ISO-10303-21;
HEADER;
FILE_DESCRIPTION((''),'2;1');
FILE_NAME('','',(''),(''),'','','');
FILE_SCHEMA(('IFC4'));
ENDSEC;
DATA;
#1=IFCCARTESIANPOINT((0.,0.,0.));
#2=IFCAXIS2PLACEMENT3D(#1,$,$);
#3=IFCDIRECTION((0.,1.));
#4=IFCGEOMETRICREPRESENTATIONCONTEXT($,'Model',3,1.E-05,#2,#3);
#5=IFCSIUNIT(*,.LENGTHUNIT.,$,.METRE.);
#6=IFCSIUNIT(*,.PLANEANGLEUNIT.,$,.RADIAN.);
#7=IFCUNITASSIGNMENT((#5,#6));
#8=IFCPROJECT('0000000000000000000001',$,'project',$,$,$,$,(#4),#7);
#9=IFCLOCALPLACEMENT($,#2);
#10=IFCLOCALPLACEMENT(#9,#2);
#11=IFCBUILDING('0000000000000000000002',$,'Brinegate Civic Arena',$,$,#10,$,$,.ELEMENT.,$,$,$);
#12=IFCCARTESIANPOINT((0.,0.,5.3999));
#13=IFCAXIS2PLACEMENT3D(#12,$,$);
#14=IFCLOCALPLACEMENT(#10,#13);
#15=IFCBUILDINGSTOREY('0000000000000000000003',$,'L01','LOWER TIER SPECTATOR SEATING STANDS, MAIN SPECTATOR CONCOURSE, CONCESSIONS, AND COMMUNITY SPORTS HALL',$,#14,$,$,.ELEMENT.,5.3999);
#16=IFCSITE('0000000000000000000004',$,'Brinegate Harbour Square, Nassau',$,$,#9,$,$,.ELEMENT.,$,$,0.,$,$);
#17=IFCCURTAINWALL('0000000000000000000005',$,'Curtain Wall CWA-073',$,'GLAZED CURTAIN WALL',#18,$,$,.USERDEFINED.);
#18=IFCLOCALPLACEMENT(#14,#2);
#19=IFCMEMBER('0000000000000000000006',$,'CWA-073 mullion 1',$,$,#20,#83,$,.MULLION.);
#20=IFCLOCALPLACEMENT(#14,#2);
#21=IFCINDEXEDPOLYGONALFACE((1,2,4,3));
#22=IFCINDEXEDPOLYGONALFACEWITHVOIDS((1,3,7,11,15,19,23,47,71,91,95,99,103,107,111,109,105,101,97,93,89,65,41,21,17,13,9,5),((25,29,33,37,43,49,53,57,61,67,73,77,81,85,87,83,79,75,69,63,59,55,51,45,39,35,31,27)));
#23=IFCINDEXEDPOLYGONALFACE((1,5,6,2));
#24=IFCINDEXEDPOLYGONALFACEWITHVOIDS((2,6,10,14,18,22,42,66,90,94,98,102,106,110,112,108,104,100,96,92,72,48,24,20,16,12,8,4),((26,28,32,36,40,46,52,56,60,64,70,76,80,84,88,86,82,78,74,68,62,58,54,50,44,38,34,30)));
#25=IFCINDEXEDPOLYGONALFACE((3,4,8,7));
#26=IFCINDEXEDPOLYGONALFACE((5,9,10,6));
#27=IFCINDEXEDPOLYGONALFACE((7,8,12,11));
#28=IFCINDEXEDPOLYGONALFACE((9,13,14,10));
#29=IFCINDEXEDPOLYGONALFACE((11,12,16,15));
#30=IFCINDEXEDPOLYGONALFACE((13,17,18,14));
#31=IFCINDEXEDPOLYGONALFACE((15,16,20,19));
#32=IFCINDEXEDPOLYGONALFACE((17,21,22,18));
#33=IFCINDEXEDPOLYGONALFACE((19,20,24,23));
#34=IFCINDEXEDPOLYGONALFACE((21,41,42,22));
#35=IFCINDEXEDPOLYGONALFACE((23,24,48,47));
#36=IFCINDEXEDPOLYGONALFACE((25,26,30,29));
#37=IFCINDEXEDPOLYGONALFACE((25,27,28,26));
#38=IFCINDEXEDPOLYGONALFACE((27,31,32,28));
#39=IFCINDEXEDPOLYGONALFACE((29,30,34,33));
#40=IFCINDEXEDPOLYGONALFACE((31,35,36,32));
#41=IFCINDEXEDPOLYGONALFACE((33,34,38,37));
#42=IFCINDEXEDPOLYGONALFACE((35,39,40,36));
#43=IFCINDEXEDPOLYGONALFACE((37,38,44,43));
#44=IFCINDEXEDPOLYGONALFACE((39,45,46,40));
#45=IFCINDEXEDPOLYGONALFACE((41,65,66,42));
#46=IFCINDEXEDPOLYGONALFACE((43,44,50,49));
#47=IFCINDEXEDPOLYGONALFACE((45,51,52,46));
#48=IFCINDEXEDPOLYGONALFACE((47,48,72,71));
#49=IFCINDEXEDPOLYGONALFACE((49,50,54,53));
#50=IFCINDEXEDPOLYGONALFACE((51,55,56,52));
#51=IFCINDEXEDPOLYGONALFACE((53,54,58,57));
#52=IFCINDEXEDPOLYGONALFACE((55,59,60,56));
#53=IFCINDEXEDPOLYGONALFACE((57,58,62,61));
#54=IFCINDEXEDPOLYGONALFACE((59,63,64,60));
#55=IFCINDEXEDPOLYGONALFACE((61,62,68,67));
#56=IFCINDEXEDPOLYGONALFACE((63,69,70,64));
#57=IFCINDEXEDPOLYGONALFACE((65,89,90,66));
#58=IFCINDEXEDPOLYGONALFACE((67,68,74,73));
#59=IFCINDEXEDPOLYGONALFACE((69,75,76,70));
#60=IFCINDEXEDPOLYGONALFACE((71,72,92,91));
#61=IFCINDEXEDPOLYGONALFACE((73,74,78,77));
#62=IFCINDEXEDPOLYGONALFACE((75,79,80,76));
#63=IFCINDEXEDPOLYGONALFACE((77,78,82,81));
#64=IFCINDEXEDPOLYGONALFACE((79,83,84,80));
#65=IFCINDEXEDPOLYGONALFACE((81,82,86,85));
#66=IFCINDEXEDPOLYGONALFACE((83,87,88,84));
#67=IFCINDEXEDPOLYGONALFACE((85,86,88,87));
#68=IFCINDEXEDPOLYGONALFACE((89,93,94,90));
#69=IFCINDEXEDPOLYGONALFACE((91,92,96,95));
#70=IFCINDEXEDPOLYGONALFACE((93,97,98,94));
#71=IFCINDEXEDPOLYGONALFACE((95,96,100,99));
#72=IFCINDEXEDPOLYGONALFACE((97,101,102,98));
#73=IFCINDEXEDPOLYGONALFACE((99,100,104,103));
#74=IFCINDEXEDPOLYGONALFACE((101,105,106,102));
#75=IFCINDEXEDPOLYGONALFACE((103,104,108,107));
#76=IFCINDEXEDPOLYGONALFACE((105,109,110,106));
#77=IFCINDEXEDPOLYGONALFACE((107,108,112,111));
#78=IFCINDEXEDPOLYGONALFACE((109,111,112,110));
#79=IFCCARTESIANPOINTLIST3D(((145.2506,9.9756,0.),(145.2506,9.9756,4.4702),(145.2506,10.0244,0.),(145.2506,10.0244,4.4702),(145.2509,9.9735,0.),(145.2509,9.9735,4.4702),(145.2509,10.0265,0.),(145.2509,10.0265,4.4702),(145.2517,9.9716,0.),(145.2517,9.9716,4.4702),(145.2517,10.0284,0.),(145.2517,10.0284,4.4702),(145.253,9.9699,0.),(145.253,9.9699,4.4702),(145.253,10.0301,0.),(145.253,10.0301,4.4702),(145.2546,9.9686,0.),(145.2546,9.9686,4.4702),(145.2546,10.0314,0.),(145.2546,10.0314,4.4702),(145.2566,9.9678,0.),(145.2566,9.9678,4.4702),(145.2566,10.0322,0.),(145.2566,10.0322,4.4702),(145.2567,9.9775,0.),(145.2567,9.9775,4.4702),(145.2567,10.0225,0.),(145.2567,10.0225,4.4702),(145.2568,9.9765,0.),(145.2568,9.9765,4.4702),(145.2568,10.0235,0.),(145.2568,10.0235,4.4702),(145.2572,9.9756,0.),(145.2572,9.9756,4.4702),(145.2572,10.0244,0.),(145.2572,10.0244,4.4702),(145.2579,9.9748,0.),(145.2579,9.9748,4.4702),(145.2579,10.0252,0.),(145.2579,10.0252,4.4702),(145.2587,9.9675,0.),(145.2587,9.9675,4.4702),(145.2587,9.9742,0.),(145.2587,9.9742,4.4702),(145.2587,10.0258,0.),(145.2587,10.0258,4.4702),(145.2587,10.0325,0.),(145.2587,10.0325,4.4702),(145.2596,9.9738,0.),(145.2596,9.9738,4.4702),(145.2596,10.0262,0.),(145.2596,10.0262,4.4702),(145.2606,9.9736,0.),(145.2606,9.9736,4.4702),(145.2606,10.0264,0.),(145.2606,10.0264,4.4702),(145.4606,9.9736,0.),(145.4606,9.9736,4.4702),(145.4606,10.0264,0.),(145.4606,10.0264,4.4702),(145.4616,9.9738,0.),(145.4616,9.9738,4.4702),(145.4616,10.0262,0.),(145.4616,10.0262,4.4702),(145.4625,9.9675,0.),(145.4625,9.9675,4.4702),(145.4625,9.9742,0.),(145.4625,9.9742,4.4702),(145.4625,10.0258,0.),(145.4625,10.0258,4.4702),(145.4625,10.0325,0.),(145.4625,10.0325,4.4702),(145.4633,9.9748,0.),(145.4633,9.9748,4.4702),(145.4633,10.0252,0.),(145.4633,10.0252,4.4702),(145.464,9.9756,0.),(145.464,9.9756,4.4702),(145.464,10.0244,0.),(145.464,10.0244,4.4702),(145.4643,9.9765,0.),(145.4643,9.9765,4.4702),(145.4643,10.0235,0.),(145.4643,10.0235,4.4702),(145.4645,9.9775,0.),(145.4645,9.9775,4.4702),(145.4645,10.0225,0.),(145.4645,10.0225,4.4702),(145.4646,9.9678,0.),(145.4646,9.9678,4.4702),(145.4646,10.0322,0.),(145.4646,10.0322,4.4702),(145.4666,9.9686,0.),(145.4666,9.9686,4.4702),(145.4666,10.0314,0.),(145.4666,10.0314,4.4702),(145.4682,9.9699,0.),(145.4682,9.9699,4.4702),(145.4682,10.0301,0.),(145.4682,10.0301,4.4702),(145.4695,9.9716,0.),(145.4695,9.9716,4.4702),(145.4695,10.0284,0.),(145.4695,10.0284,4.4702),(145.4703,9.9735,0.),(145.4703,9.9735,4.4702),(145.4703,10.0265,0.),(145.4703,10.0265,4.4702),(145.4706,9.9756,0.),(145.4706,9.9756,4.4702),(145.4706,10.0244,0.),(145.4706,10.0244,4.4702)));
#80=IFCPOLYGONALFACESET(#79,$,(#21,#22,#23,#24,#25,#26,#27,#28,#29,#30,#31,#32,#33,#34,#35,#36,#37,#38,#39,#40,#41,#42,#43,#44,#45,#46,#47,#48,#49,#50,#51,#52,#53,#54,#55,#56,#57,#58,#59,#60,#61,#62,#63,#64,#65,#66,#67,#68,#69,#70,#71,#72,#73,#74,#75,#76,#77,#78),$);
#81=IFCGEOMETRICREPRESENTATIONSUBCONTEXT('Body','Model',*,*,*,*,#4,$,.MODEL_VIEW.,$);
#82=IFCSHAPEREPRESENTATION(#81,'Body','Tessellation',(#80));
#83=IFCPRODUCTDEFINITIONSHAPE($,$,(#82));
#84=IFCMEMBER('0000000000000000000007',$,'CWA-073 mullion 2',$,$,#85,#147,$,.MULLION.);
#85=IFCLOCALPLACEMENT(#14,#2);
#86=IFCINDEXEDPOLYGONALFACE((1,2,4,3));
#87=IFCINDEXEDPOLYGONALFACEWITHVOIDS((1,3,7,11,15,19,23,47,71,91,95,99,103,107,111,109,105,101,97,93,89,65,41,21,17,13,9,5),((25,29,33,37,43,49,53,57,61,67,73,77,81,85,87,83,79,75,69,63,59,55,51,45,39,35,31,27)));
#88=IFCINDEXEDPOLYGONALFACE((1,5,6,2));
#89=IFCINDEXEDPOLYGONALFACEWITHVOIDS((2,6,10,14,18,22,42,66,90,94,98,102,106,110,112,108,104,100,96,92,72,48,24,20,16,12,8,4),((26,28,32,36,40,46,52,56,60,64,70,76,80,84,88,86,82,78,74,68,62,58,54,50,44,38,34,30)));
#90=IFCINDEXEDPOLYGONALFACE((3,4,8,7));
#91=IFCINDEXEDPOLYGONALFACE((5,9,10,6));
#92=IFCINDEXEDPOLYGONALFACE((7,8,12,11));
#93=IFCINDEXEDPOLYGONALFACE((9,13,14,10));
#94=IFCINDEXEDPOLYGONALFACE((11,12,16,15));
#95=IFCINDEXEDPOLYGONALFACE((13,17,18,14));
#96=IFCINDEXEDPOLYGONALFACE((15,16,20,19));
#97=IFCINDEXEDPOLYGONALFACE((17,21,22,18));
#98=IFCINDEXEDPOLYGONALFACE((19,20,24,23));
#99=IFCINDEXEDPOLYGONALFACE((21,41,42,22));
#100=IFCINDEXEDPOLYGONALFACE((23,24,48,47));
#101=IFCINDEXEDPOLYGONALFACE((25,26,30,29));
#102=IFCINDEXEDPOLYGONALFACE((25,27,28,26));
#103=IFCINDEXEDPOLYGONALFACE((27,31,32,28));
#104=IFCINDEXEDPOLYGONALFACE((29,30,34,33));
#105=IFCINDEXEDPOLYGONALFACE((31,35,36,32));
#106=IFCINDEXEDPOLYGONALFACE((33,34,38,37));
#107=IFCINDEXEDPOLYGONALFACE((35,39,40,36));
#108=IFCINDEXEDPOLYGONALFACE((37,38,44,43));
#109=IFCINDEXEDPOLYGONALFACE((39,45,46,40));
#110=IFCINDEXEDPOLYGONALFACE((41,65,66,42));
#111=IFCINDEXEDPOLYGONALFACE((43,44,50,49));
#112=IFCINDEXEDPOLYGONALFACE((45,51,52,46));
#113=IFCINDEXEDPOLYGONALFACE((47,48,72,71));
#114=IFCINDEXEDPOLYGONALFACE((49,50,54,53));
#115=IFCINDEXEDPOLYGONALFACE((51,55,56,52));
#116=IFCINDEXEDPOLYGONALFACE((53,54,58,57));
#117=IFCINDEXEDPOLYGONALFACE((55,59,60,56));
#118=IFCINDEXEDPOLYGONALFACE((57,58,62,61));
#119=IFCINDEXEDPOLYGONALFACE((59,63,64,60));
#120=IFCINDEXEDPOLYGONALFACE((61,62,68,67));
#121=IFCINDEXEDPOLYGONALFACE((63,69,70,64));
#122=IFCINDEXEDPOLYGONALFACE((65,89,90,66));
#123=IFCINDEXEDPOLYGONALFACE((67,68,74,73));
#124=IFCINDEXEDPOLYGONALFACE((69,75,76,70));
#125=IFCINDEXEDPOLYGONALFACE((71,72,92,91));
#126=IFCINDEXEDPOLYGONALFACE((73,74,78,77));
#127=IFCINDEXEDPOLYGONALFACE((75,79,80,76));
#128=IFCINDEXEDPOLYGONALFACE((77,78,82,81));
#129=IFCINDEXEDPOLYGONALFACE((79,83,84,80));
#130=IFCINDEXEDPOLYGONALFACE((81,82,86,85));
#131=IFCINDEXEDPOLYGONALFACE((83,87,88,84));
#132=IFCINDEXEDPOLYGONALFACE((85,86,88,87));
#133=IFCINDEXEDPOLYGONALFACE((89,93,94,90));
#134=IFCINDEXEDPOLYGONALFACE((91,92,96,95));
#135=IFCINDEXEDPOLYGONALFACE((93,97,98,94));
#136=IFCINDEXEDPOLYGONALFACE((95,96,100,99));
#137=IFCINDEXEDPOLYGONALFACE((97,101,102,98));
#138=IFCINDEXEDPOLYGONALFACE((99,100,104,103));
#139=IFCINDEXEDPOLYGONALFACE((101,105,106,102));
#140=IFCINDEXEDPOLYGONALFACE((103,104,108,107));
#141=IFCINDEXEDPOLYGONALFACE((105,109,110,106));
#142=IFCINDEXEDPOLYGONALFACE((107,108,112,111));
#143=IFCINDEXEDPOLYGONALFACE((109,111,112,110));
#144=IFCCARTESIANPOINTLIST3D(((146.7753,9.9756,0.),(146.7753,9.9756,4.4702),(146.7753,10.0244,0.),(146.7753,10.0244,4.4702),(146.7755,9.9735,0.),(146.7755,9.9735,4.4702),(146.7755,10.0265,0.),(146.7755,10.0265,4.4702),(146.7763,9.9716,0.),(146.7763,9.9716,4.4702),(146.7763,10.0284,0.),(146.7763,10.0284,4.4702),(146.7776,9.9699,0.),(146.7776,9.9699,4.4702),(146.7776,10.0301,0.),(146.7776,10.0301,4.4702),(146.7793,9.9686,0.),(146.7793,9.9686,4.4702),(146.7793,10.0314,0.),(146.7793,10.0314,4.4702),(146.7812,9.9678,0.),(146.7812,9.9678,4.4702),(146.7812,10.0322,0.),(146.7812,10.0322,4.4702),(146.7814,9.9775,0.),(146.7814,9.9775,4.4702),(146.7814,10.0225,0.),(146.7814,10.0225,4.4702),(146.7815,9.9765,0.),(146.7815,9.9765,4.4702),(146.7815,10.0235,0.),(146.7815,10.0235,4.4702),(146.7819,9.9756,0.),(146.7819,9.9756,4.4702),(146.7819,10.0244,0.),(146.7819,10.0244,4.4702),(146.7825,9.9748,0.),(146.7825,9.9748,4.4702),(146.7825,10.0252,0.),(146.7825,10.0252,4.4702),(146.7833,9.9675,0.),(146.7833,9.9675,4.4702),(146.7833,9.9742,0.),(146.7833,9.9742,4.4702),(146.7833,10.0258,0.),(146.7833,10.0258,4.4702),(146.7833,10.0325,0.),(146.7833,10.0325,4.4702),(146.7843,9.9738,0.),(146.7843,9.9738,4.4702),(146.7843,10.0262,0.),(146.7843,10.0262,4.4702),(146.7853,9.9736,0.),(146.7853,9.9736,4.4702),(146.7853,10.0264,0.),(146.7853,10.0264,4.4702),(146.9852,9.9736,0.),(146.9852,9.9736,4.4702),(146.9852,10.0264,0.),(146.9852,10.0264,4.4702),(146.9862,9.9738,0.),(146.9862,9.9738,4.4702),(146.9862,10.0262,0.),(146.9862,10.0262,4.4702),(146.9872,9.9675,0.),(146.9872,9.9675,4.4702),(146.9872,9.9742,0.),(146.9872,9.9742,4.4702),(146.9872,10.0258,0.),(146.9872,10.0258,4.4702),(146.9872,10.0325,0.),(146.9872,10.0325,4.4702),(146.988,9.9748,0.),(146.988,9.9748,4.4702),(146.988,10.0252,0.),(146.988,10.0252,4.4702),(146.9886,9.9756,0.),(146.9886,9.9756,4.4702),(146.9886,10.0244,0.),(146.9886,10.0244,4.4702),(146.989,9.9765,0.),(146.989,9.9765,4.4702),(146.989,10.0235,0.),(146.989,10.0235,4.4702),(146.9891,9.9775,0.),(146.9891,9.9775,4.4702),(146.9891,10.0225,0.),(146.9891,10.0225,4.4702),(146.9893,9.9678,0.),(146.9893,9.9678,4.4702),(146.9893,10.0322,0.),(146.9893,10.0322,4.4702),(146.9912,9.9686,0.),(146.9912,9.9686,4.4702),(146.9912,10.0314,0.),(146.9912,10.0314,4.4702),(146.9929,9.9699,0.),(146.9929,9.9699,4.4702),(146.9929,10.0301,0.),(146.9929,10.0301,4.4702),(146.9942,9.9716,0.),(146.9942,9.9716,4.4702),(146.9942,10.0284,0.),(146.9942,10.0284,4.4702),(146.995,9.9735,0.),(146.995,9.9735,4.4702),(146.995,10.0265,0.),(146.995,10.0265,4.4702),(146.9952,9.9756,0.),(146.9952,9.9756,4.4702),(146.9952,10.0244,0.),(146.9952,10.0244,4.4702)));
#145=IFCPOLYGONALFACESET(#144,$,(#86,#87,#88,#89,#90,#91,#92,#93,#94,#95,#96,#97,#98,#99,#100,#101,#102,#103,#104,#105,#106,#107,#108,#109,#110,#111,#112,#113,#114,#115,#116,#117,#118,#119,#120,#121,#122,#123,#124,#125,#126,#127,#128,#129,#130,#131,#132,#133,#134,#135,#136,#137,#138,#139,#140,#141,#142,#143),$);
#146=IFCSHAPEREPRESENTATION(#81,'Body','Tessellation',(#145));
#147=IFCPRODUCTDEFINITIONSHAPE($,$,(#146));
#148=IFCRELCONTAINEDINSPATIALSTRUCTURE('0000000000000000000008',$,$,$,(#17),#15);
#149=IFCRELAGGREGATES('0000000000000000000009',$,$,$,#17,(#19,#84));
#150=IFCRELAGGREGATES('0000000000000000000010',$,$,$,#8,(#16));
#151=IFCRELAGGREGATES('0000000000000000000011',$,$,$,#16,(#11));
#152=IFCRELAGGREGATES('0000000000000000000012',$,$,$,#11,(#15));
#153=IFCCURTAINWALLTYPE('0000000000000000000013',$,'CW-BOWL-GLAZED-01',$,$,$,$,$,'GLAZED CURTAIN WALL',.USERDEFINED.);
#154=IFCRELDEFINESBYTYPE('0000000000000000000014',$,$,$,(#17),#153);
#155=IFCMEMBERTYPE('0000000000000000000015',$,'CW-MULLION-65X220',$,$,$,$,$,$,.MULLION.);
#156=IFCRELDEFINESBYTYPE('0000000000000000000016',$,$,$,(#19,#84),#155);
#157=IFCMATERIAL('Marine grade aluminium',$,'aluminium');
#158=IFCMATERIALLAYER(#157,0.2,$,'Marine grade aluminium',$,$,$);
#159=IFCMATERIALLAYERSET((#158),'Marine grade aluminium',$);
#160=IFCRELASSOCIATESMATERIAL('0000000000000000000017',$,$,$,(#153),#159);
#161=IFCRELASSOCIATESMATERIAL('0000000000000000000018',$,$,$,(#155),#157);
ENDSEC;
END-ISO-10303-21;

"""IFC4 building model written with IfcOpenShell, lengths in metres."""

from ifc_helpers import new_model, si_unit, direction, frame, origin, origin_2d, place, context, subcontext, project, spatial, hollow_rectangle, extrude, material, layer, layer_set, material_profile, profile_set, type_object, element, aggregate, save


model = new_model("IFC4")

# Units and contexts
model_context = context("Model", 3, precision=1e-05, world=origin(), true_north=direction((0.0, 1.0)))
body_context = subcontext(model_context, "Body", "Model", "MODEL_VIEW")
ifc_project = project(units=[si_unit("LENGTHUNIT", "METRE"), si_unit("PLANEANGLEUNIT", "RADIAN")], contexts=[model_context])

# Site, building, storey
site_placement = place(None, origin())
site = spatial("IfcSite", under=ifc_project, at=site_placement, Name="Brinegate Harbour Square, Nassau", CompositionType="ELEMENT", RefElevation=0.0)
building_placement = place(site_placement, origin())
building = spatial("IfcBuilding", under=site, at=building_placement, Name="Brinegate Civic Arena", CompositionType="ELEMENT")
storey_placement = place(building_placement, frame((0.0, 0.0, 5.3999)))
storey = spatial("IfcBuildingStorey", under=building, at=storey_placement, Name="L01", Description="LOWER TIER SPECTATOR SEATING STANDS, MAIN SPECTATOR CONCOURSE, CONCESSIONS, AND COMMUNITY SPORTS HALL", CompositionType="ELEMENT", Elevation=5.3999)

# Curtain wall, members
ifc_material_1 = material(Name="Marine grade aluminium", Category="aluminium")
ifc_layer_1 = layer(ifc_material_1, 0.2, Name="Marine grade aluminium")
ifc_layer_set_1 = layer_set([ifc_layer_1], Name="Marine grade aluminium")
curtain_wall_type = type_object("IfcCurtainWallType", Name="CW-BOWL-GLAZED-01", ElementType="GLAZED CURTAIN WALL", PredefinedType="USERDEFINED", material=ifc_layer_set_1)
curtain_wall_placement = place(storey_placement, origin())
curtain_wall = element("IfcCurtainWall", 1, at=curtain_wall_placement, inside=storey, type_object=curtain_wall_type, Name="Curtain Wall CWA-073", ObjectType="GLAZED CURTAIN WALL", PredefinedType="USERDEFINED")
ifc_material_profile_1 = material_profile(ifc_material_1, hollow_rectangle(XDim=0.0649, YDim=0.22, WallThickness=0.0061, InnerFilletRadius=0.0039, OuterFilletRadius=0.0081, at=origin_2d()), Name="MUL65X220")
ifc_profile_set_1 = profile_set([ifc_material_profile_1], Name="Marine grade aluminium")
member_type_1 = type_object("IfcMemberType", Name="CW-MULLION-65X220", PredefinedType="MULLION", material=ifc_profile_set_1)
member_1_placement = place(storey_placement, frame((145.3606, 10.0, 0.0), z_axis=(0.0, 0.0, 1.0), x_axis=(0.0, 1.0, 0.0)))
member_1 = element("IfcMember", 2, at=member_1_placement, type_object=member_type_1, Name="CWA-073 mullion 1", PredefinedType="MULLION", context=body_context, shape_type="SweptSolid", body=[
    extrude(hollow_rectangle(XDim=0.0649, YDim=0.22, WallThickness=0.0061, InnerFilletRadius=0.0039, OuterFilletRadius=0.0081, at=origin_2d()), origin(), (0.0, 0.0, 1.0), 4.4702),
])
member_2_placement = place(storey_placement, frame((146.8853, 10.0, 0.0), z_axis=(0.0, 0.0, 1.0), x_axis=(0.0, 1.0, 0.0)))
member_2 = element("IfcMember", 3, at=member_2_placement, type_object=member_type_1, Name="CWA-073 mullion 2", PredefinedType="MULLION", context=body_context, shape_type="SweptSolid", body=[
    extrude(hollow_rectangle(XDim=0.0649, YDim=0.22, WallThickness=0.0061, InnerFilletRadius=0.0039, OuterFilletRadius=0.0081, at=origin_2d()), origin(), (0.0, 0.0, 1.0), 4.4702),
])

aggregate(curtain_wall, [member_1, member_2])

save(model, "model.ifc")
